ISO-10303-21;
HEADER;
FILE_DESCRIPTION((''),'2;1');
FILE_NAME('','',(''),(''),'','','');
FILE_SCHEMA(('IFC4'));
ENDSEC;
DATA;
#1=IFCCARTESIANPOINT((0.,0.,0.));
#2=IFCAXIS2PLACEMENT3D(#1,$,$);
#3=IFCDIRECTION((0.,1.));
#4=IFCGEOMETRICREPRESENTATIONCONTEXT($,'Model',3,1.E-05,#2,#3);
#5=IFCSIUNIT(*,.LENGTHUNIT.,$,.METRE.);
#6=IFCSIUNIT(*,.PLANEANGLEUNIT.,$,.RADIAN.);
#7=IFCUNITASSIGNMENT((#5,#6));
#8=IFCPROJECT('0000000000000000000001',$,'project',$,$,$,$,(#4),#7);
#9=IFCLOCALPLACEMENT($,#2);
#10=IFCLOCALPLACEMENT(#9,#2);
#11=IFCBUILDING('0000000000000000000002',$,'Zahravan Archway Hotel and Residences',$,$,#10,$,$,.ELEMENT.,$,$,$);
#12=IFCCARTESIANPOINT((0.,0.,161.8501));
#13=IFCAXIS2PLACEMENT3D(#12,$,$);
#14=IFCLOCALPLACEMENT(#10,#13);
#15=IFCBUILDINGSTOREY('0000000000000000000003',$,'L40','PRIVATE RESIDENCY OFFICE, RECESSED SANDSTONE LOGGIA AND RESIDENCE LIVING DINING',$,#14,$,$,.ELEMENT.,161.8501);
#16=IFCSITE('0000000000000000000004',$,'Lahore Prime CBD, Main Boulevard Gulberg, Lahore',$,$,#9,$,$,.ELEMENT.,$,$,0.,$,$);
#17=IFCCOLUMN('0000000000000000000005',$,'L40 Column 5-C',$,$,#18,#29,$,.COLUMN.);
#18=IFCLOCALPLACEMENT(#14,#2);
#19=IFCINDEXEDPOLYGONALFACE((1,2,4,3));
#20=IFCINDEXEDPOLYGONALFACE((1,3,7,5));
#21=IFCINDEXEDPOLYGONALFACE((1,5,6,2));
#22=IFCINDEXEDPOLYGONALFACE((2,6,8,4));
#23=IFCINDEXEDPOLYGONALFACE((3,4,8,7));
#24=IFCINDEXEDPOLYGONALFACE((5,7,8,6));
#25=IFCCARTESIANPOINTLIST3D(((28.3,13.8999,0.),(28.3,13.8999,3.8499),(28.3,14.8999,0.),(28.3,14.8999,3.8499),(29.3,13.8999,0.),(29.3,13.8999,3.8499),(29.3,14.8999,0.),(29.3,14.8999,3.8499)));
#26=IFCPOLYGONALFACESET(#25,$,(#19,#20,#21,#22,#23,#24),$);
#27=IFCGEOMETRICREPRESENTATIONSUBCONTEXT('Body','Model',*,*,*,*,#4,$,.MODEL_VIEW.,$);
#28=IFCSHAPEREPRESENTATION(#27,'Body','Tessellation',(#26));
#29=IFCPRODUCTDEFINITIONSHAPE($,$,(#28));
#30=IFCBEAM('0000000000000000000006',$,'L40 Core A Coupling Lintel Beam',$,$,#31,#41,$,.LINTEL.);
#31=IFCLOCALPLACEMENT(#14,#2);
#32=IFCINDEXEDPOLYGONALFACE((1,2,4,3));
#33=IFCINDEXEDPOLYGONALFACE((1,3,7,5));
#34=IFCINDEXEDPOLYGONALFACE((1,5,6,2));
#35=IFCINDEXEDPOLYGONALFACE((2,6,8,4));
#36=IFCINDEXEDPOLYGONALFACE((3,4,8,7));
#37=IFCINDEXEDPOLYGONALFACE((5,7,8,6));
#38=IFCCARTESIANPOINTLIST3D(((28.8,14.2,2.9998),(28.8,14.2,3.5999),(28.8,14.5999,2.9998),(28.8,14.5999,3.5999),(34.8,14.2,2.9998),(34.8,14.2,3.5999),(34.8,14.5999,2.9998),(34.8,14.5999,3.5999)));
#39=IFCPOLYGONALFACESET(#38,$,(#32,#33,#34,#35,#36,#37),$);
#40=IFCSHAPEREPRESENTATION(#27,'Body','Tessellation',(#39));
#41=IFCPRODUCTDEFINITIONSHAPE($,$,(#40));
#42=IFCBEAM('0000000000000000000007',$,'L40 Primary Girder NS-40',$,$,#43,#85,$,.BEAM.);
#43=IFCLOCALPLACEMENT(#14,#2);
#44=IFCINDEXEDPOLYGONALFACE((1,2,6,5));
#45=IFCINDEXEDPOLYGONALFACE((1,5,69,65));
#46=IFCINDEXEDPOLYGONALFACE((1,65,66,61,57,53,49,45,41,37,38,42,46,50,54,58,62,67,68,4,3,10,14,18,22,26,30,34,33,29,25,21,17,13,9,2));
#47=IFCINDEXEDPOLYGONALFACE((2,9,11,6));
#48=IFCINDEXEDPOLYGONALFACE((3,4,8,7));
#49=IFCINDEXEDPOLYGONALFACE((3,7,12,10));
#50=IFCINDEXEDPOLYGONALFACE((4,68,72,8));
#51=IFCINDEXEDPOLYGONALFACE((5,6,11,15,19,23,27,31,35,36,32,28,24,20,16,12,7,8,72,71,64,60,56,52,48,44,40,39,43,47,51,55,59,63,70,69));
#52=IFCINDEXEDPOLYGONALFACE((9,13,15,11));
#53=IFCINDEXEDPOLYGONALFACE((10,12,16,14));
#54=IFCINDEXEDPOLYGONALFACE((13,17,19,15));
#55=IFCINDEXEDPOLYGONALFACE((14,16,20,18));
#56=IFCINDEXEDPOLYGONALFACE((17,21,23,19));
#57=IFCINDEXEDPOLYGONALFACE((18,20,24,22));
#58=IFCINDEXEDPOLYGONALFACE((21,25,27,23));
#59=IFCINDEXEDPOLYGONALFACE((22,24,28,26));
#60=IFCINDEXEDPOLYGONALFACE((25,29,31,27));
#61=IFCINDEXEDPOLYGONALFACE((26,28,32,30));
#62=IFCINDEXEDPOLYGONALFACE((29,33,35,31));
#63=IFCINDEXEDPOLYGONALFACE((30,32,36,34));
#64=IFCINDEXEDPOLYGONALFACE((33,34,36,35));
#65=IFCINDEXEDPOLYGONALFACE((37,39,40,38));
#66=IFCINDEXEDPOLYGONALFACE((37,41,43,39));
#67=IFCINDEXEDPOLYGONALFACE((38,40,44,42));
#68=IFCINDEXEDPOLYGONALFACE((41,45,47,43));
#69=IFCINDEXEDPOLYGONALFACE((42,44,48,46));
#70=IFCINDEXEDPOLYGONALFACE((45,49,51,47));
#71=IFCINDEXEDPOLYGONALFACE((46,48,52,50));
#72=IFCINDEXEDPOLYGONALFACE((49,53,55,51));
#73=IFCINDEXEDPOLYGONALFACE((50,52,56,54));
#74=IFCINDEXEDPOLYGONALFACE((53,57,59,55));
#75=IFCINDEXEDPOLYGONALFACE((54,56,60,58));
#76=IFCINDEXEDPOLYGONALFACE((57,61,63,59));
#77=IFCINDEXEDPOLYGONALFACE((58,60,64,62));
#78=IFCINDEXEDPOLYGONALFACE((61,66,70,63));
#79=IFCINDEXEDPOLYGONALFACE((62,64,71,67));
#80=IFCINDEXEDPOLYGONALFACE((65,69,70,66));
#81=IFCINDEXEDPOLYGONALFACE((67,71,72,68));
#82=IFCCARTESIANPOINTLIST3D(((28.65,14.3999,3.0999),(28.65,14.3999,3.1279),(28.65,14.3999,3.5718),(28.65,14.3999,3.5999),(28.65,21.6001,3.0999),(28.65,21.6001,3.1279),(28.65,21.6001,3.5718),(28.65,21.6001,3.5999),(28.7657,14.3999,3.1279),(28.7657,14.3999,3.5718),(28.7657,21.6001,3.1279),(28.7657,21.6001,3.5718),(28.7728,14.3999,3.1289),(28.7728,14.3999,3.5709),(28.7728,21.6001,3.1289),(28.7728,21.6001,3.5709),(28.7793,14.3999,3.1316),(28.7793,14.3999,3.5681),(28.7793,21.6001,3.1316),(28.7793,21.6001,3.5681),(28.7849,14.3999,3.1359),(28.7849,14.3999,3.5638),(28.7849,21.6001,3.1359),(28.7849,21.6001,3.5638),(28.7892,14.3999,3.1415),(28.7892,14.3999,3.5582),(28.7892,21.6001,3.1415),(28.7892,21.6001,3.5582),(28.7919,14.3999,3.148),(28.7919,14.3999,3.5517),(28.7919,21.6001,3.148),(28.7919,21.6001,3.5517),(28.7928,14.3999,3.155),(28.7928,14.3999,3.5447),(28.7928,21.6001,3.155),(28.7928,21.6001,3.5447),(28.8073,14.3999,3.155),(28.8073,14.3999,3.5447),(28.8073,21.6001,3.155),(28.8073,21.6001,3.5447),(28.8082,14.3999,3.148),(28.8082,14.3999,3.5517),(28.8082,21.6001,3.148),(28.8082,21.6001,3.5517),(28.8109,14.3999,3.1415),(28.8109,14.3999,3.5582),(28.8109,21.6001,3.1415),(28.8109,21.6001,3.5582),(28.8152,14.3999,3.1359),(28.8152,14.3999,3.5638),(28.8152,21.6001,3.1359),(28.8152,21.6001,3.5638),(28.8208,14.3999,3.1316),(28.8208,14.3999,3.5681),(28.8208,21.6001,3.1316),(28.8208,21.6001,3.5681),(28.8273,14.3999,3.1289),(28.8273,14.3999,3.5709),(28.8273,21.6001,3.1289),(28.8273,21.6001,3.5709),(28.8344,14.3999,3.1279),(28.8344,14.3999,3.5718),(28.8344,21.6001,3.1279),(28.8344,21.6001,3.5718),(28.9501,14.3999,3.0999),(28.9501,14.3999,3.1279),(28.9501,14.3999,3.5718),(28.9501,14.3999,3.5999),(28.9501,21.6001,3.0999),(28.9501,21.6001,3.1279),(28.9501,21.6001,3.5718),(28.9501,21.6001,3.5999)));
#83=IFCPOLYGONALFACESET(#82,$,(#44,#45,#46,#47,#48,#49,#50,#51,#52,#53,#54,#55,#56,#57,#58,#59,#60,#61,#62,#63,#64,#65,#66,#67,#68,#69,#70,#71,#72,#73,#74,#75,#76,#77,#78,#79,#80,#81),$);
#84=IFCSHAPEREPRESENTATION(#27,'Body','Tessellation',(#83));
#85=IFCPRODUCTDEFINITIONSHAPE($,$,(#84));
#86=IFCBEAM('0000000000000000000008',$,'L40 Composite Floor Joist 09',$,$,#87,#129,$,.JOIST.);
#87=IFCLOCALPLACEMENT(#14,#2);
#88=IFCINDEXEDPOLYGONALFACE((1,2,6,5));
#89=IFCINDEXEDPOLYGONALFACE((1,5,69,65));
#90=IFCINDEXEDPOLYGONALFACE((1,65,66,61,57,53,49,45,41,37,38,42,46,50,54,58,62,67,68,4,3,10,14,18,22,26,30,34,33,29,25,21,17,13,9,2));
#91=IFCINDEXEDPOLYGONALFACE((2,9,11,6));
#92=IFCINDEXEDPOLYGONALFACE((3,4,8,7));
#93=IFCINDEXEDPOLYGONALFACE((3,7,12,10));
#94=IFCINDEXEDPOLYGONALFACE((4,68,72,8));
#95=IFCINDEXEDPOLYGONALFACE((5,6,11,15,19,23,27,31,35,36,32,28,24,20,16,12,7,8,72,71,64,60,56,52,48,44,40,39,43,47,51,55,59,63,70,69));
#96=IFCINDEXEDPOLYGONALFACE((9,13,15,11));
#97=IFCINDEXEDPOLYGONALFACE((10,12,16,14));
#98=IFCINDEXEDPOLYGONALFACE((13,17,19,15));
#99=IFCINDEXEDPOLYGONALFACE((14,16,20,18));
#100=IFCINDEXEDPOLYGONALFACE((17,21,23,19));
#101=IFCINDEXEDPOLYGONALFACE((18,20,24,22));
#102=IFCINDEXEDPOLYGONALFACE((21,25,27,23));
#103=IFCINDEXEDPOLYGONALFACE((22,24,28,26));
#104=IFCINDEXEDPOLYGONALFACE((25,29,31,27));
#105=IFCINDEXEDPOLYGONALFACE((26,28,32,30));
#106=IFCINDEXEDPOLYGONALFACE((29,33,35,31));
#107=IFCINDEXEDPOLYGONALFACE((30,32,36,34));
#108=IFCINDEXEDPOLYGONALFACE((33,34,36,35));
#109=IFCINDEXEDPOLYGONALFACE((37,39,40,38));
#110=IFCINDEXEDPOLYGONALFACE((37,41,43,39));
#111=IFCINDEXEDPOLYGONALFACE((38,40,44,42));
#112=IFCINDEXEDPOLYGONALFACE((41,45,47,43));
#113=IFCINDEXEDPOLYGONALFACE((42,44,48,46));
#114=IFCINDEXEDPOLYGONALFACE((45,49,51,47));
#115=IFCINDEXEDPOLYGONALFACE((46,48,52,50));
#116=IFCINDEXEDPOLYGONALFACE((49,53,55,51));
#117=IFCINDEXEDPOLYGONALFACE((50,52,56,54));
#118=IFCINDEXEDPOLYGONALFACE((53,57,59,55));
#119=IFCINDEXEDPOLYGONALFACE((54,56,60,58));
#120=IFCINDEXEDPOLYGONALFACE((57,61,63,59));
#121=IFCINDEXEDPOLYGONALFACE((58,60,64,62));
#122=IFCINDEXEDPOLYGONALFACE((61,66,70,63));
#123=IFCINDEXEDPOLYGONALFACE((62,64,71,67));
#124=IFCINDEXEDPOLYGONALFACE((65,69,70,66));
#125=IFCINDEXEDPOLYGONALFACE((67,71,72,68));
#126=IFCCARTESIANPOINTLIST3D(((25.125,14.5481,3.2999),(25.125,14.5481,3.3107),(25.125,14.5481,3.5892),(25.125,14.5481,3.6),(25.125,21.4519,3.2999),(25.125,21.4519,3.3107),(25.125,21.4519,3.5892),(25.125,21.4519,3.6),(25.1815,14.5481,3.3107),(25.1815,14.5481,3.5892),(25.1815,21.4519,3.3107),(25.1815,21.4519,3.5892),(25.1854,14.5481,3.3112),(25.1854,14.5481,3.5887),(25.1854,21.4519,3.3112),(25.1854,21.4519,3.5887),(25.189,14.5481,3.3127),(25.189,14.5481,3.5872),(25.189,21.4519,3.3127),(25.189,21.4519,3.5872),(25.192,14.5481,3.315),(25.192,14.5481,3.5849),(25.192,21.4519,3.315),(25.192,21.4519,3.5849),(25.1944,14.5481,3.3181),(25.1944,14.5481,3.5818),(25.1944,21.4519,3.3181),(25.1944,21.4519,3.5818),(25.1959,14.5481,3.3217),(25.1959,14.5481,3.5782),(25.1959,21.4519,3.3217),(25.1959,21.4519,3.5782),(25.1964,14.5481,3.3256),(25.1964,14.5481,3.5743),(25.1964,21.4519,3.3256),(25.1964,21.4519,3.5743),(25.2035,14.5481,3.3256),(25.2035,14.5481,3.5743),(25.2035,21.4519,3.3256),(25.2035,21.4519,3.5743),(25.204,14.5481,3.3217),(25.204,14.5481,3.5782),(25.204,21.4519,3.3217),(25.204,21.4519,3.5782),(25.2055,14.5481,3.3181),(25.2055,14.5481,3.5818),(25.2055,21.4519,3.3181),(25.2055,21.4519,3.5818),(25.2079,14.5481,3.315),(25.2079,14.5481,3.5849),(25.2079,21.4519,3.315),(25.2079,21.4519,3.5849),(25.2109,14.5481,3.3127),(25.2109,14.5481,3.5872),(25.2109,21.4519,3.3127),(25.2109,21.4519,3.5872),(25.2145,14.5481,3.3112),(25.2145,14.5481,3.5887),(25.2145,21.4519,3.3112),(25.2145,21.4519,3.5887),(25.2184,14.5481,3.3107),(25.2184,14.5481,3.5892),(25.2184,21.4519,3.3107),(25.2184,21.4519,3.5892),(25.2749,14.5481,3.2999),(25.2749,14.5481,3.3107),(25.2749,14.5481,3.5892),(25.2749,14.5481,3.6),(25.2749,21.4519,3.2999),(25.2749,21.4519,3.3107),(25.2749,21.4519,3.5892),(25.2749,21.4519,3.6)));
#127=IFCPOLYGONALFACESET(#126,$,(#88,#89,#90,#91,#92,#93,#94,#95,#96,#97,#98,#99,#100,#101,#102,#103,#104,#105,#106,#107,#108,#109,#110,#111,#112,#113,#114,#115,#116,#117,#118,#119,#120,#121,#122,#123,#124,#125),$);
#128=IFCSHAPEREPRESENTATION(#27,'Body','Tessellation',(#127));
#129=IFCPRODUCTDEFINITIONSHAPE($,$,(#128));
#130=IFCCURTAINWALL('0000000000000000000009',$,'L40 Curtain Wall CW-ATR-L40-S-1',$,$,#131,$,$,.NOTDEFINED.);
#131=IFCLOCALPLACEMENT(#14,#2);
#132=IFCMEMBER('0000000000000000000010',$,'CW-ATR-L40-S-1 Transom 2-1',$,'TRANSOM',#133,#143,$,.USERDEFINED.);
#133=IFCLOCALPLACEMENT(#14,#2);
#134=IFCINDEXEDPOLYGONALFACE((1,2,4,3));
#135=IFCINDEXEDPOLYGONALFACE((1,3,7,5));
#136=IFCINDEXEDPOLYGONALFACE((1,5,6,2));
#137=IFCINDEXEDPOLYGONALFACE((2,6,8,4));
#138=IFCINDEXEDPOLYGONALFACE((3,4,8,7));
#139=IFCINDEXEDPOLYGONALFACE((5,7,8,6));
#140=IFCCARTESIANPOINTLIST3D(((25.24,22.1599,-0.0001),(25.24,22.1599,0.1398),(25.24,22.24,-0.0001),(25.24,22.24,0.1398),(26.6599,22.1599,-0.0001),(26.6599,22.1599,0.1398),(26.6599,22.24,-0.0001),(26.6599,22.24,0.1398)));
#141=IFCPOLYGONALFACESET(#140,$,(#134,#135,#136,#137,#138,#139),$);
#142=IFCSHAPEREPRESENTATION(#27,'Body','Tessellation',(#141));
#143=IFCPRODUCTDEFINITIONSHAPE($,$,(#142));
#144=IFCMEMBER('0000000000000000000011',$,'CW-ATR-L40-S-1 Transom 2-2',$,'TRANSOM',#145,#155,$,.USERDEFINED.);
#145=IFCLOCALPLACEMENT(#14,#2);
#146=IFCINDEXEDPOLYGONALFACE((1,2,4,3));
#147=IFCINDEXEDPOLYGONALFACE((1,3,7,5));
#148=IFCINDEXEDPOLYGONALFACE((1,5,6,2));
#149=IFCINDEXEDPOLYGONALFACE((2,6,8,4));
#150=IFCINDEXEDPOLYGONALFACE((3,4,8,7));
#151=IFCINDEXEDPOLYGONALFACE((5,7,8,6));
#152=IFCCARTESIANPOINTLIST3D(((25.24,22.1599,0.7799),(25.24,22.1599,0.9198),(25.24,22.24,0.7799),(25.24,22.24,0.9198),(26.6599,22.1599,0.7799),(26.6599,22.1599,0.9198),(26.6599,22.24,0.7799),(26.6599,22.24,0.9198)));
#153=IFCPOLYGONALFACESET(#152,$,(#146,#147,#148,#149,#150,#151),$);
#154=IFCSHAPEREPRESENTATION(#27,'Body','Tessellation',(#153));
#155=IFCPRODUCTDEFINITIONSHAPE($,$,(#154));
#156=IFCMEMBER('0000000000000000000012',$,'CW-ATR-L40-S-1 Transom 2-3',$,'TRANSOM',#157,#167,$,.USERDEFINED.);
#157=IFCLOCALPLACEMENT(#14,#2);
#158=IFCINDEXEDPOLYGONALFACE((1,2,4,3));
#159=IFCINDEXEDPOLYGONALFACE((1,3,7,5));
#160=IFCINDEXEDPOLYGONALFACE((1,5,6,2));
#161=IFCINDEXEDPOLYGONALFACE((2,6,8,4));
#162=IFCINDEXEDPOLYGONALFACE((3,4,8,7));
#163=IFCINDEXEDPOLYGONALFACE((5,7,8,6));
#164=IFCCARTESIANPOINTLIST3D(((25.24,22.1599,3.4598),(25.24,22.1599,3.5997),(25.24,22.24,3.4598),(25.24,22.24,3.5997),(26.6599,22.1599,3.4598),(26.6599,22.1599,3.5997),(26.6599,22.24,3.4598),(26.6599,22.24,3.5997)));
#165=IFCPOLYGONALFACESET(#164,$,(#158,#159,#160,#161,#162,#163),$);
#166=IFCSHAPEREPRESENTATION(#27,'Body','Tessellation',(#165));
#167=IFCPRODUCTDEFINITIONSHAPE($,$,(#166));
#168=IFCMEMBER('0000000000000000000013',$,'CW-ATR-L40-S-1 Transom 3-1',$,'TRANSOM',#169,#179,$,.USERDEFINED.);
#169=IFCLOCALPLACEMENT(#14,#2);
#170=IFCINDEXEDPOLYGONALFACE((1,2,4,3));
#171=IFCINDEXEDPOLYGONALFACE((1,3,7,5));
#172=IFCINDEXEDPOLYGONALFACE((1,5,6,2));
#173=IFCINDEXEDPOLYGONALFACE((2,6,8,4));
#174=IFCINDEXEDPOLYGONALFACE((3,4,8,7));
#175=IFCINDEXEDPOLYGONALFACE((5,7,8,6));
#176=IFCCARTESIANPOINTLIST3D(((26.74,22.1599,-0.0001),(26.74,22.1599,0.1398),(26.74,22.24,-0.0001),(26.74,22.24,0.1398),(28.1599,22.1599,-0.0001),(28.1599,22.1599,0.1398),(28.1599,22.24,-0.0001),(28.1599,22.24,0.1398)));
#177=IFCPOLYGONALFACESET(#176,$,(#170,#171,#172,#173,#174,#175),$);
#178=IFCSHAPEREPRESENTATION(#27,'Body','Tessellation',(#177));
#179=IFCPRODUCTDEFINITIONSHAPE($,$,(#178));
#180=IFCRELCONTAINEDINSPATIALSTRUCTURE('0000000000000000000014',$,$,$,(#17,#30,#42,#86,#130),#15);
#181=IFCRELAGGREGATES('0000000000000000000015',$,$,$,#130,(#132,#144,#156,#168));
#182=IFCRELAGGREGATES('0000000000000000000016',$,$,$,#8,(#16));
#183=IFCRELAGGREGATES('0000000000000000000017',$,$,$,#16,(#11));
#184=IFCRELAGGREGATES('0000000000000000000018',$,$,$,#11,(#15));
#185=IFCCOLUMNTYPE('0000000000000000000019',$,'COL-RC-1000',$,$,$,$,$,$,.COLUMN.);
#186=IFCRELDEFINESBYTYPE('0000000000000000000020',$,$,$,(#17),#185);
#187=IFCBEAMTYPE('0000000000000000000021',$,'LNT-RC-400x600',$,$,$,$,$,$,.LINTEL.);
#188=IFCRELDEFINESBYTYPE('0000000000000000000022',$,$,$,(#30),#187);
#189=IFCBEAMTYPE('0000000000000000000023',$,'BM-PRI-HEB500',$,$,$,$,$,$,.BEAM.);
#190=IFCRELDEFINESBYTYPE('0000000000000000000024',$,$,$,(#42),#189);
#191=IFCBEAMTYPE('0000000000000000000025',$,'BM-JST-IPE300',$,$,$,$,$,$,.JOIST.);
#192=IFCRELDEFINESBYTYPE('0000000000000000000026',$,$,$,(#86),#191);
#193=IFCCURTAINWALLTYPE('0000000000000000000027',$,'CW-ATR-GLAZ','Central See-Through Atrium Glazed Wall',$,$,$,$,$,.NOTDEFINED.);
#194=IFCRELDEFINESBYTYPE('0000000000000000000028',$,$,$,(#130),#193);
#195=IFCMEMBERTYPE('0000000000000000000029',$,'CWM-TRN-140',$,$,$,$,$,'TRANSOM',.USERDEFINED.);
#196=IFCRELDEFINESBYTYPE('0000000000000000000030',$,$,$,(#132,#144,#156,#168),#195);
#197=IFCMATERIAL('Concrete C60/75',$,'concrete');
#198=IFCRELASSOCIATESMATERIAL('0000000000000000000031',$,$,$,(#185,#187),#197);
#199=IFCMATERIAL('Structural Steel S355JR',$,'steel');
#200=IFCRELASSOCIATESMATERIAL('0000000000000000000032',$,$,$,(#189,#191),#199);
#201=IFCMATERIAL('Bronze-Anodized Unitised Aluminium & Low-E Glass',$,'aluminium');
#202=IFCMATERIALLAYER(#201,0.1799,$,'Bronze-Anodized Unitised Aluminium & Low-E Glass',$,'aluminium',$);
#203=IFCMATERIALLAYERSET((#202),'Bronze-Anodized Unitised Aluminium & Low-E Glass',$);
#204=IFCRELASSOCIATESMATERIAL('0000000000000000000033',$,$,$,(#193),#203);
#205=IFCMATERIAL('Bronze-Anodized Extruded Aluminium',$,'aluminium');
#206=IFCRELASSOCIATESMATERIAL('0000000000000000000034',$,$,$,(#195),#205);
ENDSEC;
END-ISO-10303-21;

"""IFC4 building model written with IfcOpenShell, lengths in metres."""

from ifc_helpers import new_model, si_unit, direction, frame, origin, origin_2d, place, context, subcontext, project, spatial, rectangle, i_section, extrude, source, transform, mapped, material, layer, layer_set, material_profile, profile_set, type_object, type_shapes, element, aggregate, save


model = new_model("IFC4")

# Units and contexts
model_context = context("Model", 3, precision=1e-05, world=origin(), true_north=direction((0.0, 1.0)))
body_context = subcontext(model_context, "Body", "Model", "MODEL_VIEW")
ifc_project = project(units=[si_unit("LENGTHUNIT", "METRE"), si_unit("PLANEANGLEUNIT", "RADIAN")], contexts=[model_context])

# Site, building, storey
site_placement = place(None, origin())
site = spatial("IfcSite", under=ifc_project, at=site_placement, Name="Lahore Prime CBD, Main Boulevard Gulberg, Lahore", CompositionType="ELEMENT", RefElevation=0.0)
building_placement = place(site_placement, origin())
building = spatial("IfcBuilding", under=site, at=building_placement, Name="Zahravan Archway Hotel and Residences", CompositionType="ELEMENT")
storey_placement = place(building_placement, frame((0.0, 0.0, 161.8501)))
storey = spatial("IfcBuildingStorey", under=building, at=storey_placement, Name="L40", Description="PRIVATE RESIDENCY OFFICE, RECESSED SANDSTONE LOGGIA AND RESIDENCE LIVING DINING", CompositionType="ELEMENT", Elevation=161.8501)

# Column
ifc_material_1 = material(Name="Concrete C60/75", Category="concrete")
ifc_material_profile_1 = material_profile(ifc_material_1, rectangle(XDim=1.0, YDim=1.0, at=origin_2d()), Name="RC-COL-1000x1000", Category="concrete")
ifc_profile_set_1 = profile_set([ifc_material_profile_1], Name="Concrete C60/75")
column_type = type_object("IfcColumnType", Name="COL-RC-1000", PredefinedType="COLUMN", material=ifc_profile_set_1)
shared_shape_1 = source(origin(), body_context, "Body", "SweptSolid", [
    extrude(rectangle(XDim=1.0, YDim=1.0, at=origin_2d()), origin(), (0.0, 0.0, 1.0), 3.8499),
])
column_placement = place(storey_placement, frame((28.8, 14.3999, 0.0), z_axis=(0.0, 0.0, 1.0), x_axis=(1.0, 0.0, 0.0)))
element("IfcColumn", 1, at=column_placement, inside=storey, type_object=column_type, Name="L40 Column 5-C", PredefinedType="COLUMN", context=body_context, shape_type="MappedRepresentation", body=[
    mapped(shared_shape_1, transform((0.0, 0.0, 0.0), scale=1.0)),
])

# Beams
ifc_material_profile_2 = material_profile(ifc_material_1, rectangle(XDim=0.3999, YDim=0.6001, at=origin_2d()), Name="RC-LNT-400x600", Category="concrete")
ifc_profile_set_2 = profile_set([ifc_material_profile_2], Name="Concrete C60/75")
beam_type_1 = type_object("IfcBeamType", Name="LNT-RC-400x600", PredefinedType="LINTEL", material=ifc_profile_set_2)
shared_shape_2 = source(origin(), body_context, "Body", "SweptSolid", [
    extrude(rectangle(XDim=0.3999, YDim=0.6001, at=origin_2d()), origin(), (0.0, 0.0, 1.0), 6.0),
])
type_shapes(beam_type_1, [shared_shape_2])
beam_1_placement = place(storey_placement, frame((28.8, 14.3999, 3.2998), z_axis=(1.0, 0.0, 0.0), x_axis=(0.0, 1.0, 0.0)))
element("IfcBeam", 2, at=beam_1_placement, inside=storey, type_object=beam_type_1, Name="L40 Core A Coupling Lintel Beam", PredefinedType="LINTEL", context=body_context, shape_type="MappedRepresentation", body=[
    mapped(shared_shape_2, transform((0.0, 0.0, 0.0), scale=1.0)),
])
ifc_material_2 = material(Name="Structural Steel S355JR", Category="steel")
ifc_material_profile_3 = material_profile(ifc_material_2, i_section(OverallWidth=0.3, OverallDepth=0.5, WebThickness=0.0144, FlangeThickness=0.0281, FilletRadius=0.0271, at=origin_2d()), Name="HEB 500", Category="steel")
ifc_profile_set_3 = profile_set([ifc_material_profile_3], Name="Structural Steel S355JR")
beam_type_2 = type_object("IfcBeamType", Name="BM-PRI-HEB500", PredefinedType="BEAM", material=ifc_profile_set_3)
shared_shape_3 = source(origin(), body_context, "Body", "SweptSolid", [
    extrude(i_section(OverallWidth=0.3, OverallDepth=0.5, WebThickness=0.0144, FlangeThickness=0.0281, FilletRadius=0.0271, at=origin_2d()), origin(), (0.0, 0.0, 1.0), 7.2002),
])
type_shapes(beam_type_2, [shared_shape_3])
beam_2_placement = place(storey_placement, frame((28.8, 14.3999, 3.3499), z_axis=(0.0, 1.0, 0.0), x_axis=(-1.0, 0.0, 0.0)))
element("IfcBeam", 3, at=beam_2_placement, inside=storey, type_object=beam_type_2, Name="L40 Primary Girder NS-40", PredefinedType="BEAM", context=body_context, shape_type="MappedRepresentation", body=[
    mapped(shared_shape_3, transform((0.0, 0.0, 0.0), scale=1.0)),
])
ifc_material_profile_4 = material_profile(ifc_material_2, i_section(OverallWidth=0.1499, OverallDepth=0.3, WebThickness=0.0071, FlangeThickness=0.0107, FilletRadius=0.0149, at=origin_2d()), Name="IPE 300", Category="steel")
ifc_profile_set_4 = profile_set([ifc_material_profile_4], Name="Structural Steel S355JR")
beam_type_3 = type_object("IfcBeamType", Name="BM-JST-IPE300", PredefinedType="JOIST", material=ifc_profile_set_4)
shared_shape_4 = source(origin(), body_context, "Body", "SweptSolid", [
    extrude(i_section(OverallWidth=0.1499, OverallDepth=0.3, WebThickness=0.0071, FlangeThickness=0.0107, FilletRadius=0.0149, at=origin_2d()), origin(), (0.0, 0.0, 1.0), 6.9038),
])
beam_3_placement = place(storey_placement, frame((25.2, 14.5481, 3.45), z_axis=(0.0, 1.0, 0.0), x_axis=(-1.0, 0.0, 0.0)))
element("IfcBeam", 4, at=beam_3_placement, inside=storey, type_object=beam_type_3, Name="L40 Composite Floor Joist 09", PredefinedType="JOIST", context=body_context, shape_type="MappedRepresentation", body=[
    mapped(shared_shape_4, transform((0.0, 0.0, 0.0), scale=1.0)),
])

# Curtain wall, members
ifc_material_3 = material(Name="Bronze-Anodized Unitised Aluminium & Low-E Glass", Category="aluminium")
ifc_layer_1 = layer(ifc_material_3, 0.1799, Name="Bronze-Anodized Unitised Aluminium & Low-E Glass", Category="aluminium")
ifc_layer_set_1 = layer_set([ifc_layer_1], Name="Bronze-Anodized Unitised Aluminium & Low-E Glass")
curtain_wall_type = type_object("IfcCurtainWallType", Name="CW-ATR-GLAZ", Description="Central See-Through Atrium Glazed Wall", PredefinedType="NOTDEFINED", material=ifc_layer_set_1)
curtain_wall_placement = place(storey_placement, origin())
curtain_wall = element("IfcCurtainWall", 5, at=curtain_wall_placement, inside=storey, type_object=curtain_wall_type, Name="L40 Curtain Wall CW-ATR-L40-S-1", PredefinedType="NOTDEFINED")
ifc_material_4 = material(Name="Bronze-Anodized Extruded Aluminium", Category="aluminium")
ifc_material_profile_5 = material_profile(ifc_material_4, rectangle(XDim=0.0801, YDim=0.1399, at=origin_2d()), Name="TRN 80x140", Category="aluminium")
ifc_profile_set_5 = profile_set([ifc_material_profile_5], Name="Bronze-Anodized Extruded Aluminium")
member_type_1 = type_object("IfcMemberType", Name="CWM-TRN-140", ElementType="TRANSOM", PredefinedType="USERDEFINED", material=ifc_profile_set_5)
shared_shape_5 = source(origin(), body_context, "Body", "SweptSolid", [
    extrude(rectangle(XDim=0.0801, YDim=0.1399, at=origin_2d()), origin(), (0.0, 0.0, 1.0), 1.4199),
])
member_1_placement = place(storey_placement, frame((25.24, 22.2, 0.0698), z_axis=(1.0, 0.0, 0.0), x_axis=(0.0, 1.0, 0.0)))
member_1 = element("IfcMember", 6, at=member_1_placement, type_object=member_type_1, Name="CW-ATR-L40-S-1 Transom 2-1", ObjectType="TRANSOM", PredefinedType="USERDEFINED", context=body_context, shape_type="MappedRepresentation", body=[
    mapped(shared_shape_5, transform((0.0, 0.0, 0.0), scale=1.0)),
])
member_2_placement = place(storey_placement, frame((25.24, 22.2, 0.8499), z_axis=(1.0, 0.0, 0.0), x_axis=(0.0, 1.0, 0.0)))
member_2 = element("IfcMember", 7, at=member_2_placement, type_object=member_type_1, Name="CW-ATR-L40-S-1 Transom 2-2", ObjectType="TRANSOM", PredefinedType="USERDEFINED", context=body_context, shape_type="MappedRepresentation", body=[
    mapped(shared_shape_5, transform((0.0, 0.0, 0.0), scale=1.0)),
])
member_3_placement = place(storey_placement, frame((25.24, 22.2, 3.5298), z_axis=(1.0, 0.0, 0.0), x_axis=(0.0, 1.0, 0.0)))
member_3 = element("IfcMember", 8, at=member_3_placement, type_object=member_type_1, Name="CW-ATR-L40-S-1 Transom 2-3", ObjectType="TRANSOM", PredefinedType="USERDEFINED", context=body_context, shape_type="MappedRepresentation", body=[
    mapped(shared_shape_5, transform((0.0, 0.0, 0.0), scale=1.0)),
])
member_4_placement = place(storey_placement, frame((26.74, 22.2, 0.0698), z_axis=(1.0, 0.0, 0.0), x_axis=(0.0, 1.0, 0.0)))
member_4 = element("IfcMember", 9, at=member_4_placement, type_object=member_type_1, Name="CW-ATR-L40-S-1 Transom 3-1", ObjectType="TRANSOM", PredefinedType="USERDEFINED", context=body_context, shape_type="MappedRepresentation", body=[
    mapped(shared_shape_5, transform((0.0, 0.0, 0.0), scale=1.0)),
])
aggregate(curtain_wall, [member_1, member_2, member_3, member_4])

save(model, "model.ifc")
